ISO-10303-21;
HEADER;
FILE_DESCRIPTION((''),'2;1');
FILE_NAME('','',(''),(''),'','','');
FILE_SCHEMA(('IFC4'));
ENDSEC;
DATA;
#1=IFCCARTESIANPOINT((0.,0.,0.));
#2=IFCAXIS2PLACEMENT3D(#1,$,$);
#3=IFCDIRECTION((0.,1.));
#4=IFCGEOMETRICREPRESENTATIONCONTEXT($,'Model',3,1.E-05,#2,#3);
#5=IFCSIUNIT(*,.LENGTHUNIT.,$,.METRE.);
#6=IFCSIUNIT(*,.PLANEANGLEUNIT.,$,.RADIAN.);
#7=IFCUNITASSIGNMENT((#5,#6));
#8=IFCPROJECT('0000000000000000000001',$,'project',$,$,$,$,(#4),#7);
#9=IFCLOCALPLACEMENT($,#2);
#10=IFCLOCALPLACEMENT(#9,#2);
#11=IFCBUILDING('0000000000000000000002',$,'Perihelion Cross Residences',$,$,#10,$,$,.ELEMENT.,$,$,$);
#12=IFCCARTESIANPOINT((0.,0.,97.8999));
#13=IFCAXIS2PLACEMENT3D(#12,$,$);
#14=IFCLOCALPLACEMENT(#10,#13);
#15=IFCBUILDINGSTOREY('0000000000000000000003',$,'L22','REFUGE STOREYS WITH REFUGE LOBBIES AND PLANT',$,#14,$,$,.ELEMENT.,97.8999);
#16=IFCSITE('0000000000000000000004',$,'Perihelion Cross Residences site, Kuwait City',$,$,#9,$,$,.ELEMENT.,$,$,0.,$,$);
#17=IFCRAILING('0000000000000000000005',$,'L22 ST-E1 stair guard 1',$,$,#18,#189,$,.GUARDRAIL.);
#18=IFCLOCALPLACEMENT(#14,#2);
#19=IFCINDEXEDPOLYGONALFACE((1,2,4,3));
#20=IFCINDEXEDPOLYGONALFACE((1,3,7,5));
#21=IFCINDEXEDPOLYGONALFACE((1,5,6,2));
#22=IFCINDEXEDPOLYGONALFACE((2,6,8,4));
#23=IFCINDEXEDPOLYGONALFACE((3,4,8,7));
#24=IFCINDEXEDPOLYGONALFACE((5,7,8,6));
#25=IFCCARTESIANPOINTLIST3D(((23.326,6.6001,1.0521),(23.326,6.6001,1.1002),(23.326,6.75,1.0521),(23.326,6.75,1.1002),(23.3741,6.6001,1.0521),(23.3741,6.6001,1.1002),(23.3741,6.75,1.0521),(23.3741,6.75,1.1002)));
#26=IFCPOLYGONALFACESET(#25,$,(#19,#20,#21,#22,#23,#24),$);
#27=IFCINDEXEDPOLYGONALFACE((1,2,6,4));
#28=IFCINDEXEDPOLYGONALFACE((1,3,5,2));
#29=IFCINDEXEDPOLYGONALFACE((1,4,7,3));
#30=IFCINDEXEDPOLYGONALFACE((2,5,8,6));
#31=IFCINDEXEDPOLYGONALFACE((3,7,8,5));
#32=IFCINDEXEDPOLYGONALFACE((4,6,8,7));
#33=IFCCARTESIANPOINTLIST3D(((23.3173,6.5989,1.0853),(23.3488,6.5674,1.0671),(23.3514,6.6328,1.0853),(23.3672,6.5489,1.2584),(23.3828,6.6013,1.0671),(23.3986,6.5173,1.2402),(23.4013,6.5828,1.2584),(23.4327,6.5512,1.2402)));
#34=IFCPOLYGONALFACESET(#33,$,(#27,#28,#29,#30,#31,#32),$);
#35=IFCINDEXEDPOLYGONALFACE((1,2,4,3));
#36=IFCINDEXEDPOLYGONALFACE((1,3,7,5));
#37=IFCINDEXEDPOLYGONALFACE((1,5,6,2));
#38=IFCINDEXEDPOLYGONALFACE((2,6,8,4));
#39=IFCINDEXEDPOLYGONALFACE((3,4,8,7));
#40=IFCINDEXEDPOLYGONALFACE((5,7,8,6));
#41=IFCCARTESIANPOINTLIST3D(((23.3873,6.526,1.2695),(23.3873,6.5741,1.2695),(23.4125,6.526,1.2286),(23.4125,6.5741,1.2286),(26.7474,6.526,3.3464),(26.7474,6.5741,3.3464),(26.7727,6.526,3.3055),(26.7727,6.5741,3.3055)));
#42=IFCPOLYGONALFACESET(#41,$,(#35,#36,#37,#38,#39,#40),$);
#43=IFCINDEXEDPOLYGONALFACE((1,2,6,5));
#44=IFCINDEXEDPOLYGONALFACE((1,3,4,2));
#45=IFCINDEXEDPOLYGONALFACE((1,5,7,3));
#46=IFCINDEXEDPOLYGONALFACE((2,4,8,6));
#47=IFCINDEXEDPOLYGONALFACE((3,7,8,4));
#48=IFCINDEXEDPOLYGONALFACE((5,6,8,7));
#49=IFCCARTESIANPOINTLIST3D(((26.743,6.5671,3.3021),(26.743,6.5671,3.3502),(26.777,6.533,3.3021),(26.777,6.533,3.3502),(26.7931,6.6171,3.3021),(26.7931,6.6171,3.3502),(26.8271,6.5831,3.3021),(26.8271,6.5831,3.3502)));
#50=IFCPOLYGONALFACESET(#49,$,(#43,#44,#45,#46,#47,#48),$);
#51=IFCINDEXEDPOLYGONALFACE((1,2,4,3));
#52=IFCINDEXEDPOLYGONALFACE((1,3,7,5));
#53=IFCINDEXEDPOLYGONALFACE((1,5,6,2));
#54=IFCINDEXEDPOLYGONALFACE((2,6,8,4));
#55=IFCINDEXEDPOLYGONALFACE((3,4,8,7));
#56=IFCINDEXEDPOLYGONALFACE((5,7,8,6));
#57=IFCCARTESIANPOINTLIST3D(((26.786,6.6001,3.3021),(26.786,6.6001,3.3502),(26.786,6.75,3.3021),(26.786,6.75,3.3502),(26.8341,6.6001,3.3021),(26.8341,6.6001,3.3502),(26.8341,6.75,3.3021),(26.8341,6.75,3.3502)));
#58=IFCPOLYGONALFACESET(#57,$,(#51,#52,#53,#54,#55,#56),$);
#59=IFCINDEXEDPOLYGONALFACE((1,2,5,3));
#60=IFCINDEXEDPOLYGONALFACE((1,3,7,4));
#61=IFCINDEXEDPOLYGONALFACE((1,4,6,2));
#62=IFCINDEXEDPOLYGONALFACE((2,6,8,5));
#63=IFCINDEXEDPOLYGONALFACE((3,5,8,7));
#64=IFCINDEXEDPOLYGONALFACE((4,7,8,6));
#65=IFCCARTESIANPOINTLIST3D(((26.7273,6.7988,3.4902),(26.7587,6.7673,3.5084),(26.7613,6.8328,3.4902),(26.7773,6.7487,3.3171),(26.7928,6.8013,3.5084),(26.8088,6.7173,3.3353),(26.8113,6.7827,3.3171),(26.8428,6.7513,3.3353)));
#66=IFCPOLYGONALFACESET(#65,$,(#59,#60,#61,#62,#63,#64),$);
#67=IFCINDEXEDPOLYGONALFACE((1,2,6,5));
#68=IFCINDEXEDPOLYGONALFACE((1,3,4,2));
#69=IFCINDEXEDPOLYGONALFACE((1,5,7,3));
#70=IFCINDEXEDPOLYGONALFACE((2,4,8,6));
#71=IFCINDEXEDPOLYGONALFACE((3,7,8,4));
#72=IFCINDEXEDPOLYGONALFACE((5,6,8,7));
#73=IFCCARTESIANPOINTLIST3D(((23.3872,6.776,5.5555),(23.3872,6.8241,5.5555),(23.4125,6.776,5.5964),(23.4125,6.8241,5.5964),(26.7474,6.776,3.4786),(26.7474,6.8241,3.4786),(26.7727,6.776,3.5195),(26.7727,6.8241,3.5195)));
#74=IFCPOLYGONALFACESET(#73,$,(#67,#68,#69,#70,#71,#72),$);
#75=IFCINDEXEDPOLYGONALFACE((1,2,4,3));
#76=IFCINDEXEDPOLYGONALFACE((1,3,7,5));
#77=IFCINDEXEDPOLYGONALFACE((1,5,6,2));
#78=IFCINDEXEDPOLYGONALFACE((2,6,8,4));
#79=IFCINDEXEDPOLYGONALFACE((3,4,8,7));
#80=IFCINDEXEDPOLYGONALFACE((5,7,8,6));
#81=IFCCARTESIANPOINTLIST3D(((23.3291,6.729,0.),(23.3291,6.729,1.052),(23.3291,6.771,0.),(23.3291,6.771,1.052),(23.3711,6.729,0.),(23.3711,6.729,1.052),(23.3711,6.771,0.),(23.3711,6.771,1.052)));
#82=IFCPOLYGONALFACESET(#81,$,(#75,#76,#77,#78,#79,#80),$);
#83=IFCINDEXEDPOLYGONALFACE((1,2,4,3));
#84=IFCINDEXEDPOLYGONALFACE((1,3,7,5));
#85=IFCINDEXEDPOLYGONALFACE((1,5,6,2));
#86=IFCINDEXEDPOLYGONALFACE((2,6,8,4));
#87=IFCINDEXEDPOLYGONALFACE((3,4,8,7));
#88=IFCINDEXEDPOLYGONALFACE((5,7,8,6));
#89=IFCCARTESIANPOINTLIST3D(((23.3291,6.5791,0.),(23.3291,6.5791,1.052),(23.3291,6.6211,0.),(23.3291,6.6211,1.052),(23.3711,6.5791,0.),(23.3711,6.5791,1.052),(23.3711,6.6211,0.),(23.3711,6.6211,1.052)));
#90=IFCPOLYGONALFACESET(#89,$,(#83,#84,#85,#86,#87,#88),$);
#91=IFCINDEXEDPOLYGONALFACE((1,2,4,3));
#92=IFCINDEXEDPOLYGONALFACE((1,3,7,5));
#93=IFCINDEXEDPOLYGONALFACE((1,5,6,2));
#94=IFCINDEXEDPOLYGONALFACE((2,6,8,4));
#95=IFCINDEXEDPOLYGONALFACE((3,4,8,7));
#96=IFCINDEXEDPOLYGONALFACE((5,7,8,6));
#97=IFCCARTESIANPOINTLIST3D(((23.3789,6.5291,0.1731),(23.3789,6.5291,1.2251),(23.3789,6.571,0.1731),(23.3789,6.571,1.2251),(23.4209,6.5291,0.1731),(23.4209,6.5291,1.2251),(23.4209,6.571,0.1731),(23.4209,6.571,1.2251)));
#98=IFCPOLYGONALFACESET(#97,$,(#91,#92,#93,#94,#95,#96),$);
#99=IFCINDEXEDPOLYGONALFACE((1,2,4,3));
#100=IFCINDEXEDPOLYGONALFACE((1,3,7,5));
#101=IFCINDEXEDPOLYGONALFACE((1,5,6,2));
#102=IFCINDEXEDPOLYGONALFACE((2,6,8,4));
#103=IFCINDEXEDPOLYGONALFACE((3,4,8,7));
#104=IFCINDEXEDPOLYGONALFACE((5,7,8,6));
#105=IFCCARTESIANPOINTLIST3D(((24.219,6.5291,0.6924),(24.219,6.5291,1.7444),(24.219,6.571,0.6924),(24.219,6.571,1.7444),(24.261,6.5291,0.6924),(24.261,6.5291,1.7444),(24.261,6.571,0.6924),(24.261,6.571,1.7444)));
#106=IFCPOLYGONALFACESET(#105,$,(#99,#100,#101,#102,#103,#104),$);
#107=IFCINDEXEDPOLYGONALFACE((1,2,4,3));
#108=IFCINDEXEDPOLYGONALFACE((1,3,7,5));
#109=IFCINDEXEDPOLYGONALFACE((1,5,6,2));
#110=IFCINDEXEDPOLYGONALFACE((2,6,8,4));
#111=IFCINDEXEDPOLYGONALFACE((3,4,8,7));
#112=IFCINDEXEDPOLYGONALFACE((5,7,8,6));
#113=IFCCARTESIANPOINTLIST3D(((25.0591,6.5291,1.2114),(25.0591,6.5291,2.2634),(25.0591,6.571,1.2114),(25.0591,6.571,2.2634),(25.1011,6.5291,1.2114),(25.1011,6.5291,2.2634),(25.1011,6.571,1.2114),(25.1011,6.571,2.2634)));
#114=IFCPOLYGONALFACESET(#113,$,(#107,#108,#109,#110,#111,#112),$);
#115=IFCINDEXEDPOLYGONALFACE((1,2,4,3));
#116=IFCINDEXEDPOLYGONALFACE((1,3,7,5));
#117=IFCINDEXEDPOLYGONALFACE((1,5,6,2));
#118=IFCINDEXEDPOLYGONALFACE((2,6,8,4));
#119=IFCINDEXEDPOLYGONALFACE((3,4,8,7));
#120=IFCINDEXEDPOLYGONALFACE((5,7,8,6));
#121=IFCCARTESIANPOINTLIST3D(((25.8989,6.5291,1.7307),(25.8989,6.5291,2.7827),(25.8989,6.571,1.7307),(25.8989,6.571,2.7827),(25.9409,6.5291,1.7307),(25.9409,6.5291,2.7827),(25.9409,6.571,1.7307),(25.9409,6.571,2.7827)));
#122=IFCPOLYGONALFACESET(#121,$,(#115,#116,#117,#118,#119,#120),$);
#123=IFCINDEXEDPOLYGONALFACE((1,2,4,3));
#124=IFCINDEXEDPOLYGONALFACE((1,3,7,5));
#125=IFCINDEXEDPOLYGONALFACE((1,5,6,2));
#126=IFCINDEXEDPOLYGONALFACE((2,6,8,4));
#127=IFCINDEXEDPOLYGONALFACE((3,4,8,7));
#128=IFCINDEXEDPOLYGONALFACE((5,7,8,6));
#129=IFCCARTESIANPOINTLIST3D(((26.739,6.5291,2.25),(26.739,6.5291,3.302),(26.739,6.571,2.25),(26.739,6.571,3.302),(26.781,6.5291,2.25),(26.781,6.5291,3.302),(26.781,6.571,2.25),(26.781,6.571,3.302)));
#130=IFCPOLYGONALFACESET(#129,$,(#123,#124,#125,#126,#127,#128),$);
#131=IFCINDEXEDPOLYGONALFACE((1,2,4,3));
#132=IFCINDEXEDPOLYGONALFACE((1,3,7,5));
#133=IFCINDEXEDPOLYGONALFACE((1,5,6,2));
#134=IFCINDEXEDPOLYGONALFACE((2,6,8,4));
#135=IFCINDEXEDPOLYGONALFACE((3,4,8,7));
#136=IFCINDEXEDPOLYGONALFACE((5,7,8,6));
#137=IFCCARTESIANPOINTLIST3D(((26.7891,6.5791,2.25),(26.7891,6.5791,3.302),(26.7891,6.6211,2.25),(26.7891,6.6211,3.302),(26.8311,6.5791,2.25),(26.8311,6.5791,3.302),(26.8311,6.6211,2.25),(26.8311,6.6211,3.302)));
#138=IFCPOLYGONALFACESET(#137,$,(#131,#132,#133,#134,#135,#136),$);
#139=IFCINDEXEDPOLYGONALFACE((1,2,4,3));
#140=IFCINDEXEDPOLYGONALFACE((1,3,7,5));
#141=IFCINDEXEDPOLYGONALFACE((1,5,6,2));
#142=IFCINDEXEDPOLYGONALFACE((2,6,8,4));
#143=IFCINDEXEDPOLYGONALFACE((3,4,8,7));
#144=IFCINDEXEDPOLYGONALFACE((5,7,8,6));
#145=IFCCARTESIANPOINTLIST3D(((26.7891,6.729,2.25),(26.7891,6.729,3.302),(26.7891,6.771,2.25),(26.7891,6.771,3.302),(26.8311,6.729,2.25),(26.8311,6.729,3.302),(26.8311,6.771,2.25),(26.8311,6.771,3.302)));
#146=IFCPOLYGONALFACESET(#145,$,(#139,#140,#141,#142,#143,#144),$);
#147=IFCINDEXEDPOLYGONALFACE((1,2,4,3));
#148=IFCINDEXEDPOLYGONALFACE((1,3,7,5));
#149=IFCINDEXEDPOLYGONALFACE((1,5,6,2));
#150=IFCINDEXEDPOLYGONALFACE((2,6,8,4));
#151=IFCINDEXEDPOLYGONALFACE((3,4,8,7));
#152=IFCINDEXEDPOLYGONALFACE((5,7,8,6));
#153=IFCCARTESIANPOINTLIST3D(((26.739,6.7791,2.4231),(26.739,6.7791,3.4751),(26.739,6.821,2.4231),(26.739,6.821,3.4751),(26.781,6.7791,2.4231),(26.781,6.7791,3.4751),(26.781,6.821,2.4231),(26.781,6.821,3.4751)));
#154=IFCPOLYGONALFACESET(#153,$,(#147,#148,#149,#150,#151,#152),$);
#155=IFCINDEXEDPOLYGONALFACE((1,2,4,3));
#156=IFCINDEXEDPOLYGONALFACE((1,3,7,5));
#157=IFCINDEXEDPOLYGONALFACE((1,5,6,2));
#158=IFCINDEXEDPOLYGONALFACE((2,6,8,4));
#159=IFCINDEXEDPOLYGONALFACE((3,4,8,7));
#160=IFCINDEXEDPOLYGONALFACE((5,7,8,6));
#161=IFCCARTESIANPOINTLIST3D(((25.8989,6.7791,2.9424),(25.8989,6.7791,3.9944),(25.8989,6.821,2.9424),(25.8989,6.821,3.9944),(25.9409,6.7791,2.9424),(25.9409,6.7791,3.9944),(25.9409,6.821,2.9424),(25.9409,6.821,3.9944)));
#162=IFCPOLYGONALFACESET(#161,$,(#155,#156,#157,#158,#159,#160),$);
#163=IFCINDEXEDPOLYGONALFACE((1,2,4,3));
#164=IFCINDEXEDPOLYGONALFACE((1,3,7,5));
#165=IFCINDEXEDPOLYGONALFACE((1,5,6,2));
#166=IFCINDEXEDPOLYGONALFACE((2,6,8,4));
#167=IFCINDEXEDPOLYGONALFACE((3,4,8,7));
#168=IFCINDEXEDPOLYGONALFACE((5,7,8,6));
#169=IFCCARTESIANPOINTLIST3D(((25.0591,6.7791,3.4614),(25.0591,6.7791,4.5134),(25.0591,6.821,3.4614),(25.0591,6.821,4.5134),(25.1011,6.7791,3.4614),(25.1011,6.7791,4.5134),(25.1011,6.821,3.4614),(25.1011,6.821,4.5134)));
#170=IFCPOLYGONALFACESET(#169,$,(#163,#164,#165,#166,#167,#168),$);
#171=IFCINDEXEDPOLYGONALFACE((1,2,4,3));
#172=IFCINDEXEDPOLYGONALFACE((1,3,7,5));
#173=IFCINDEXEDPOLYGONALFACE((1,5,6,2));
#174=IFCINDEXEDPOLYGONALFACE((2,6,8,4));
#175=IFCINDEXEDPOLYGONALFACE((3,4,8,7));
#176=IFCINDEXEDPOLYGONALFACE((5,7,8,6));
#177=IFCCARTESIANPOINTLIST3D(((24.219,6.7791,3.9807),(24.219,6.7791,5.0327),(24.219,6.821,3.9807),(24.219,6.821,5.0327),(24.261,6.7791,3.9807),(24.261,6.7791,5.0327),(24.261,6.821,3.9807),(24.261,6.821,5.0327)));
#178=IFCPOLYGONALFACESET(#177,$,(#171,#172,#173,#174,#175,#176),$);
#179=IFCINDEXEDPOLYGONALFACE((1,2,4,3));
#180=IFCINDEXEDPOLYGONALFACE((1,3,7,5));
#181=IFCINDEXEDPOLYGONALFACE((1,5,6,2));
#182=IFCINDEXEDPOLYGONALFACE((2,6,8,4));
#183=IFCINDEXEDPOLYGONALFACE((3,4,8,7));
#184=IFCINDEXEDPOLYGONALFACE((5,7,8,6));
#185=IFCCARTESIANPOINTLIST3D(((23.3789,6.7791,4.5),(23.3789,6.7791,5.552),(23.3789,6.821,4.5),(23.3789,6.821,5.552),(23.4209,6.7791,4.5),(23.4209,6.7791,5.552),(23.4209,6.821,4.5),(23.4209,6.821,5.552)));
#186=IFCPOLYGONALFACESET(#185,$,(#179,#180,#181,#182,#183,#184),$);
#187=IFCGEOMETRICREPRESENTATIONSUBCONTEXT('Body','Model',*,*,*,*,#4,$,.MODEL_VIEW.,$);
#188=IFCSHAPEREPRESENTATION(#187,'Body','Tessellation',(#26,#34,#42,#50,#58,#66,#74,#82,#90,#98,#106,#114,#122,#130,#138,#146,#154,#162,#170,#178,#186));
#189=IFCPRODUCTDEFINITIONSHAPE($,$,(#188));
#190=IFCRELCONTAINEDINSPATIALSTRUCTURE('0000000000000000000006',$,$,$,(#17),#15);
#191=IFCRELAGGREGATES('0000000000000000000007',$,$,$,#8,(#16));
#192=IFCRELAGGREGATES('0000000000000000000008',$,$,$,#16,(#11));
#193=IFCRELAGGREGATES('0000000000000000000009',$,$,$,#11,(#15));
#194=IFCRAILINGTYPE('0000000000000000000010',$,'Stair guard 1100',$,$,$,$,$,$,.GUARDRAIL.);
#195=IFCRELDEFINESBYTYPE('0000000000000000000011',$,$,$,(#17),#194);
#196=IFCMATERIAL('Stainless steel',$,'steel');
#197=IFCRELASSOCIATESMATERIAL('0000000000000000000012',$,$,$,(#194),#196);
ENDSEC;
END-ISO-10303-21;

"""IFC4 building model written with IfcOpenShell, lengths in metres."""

from ifc_helpers import new_model, si_unit, direction, frame, origin, origin_2d, place, context, subcontext, project, spatial, rectangle, extrude, material, type_object, element, save


model = new_model("IFC4")

# Units and contexts
model_context = context("Model", 3, precision=1e-05, world=origin(), true_north=direction((0.0, 1.0)))
body_context = subcontext(model_context, "Body", "Model", "MODEL_VIEW")
ifc_project = project(units=[si_unit("LENGTHUNIT", "METRE"), si_unit("PLANEANGLEUNIT", "RADIAN")], contexts=[model_context])

# Site, building, storey
site_placement = place(None, origin())
site = spatial("IfcSite", under=ifc_project, at=site_placement, Name="Perihelion Cross Residences site, Kuwait City", CompositionType="ELEMENT", RefElevation=0.0)
building_placement = place(site_placement, origin())
building = spatial("IfcBuilding", under=site, at=building_placement, Name="Perihelion Cross Residences", CompositionType="ELEMENT")
storey_placement = place(building_placement, frame((0.0, 0.0, 97.8999)))
storey = spatial("IfcBuildingStorey", under=building, at=storey_placement, Name="L22", Description="REFUGE STOREYS WITH REFUGE LOBBIES AND PLANT", CompositionType="ELEMENT", Elevation=97.8999)

# Railing
ifc_material_1 = material(Name="Stainless steel", Category="steel")
railing_type_1 = type_object("IfcRailingType", Name="Stair guard 1100", PredefinedType="GUARDRAIL", material=ifc_material_1)
railing_1_placement = place(storey_placement, frame((23.3501, 6.75, 0.0)))
element("IfcRailing", 1, at=railing_1_placement, inside=storey, type_object=railing_type_1, Name="L22 ST-E1 stair guard 1", PredefinedType="GUARDRAIL", context=body_context, shape_type="SweptSolid", body=[
    extrude(rectangle(XDim=0.0481, YDim=0.0481, at=origin_2d()), frame((0.0, 0.0, 1.0762), z_axis=(0.0, -1.0, 0.0), x_axis=(1.0, 0.0, 0.0)), (0.0, 0.0, 1.0), 0.1499),
    extrude(rectangle(XDim=0.0481, YDim=0.0481, at=origin_2d()), frame((0.0, -0.1499, 1.0762), z_axis=(0.266417, -0.267723, 0.92593), x_axis=(0.708834, 0.705376, 0.0)), (0.0, 0.0, 1.0), 0.187),
    extrude(rectangle(XDim=0.0481, YDim=0.0481, at=origin_2d()), frame((0.0498, -0.2, 1.249), z_axis=(0.850623, 0.0, 0.525776), x_axis=(0.0, 1.0, 0.0)), (0.0, 0.0, 1.0), 3.9502),
    extrude(rectangle(XDim=0.0481, YDim=0.0481, at=origin_2d()), frame((3.4099, -0.2, 3.3262), z_axis=(0.707107, 0.707107, 0.0), x_axis=(-0.707107, 0.707107, 0.0)), (0.0, 0.0, 1.0), 0.0708),
    extrude(rectangle(XDim=0.0481, YDim=0.0481, at=origin_2d()), frame((3.46, -0.1499, 3.3262), z_axis=(0.0, 1.0, 0.0), x_axis=(-1.0, 0.0, 0.0)), (0.0, 0.0, 1.0), 0.1499),
    extrude(rectangle(XDim=0.0481, YDim=0.0481, at=origin_2d()), frame((3.46, 0.0, 3.3262), z_axis=(-0.26763, 0.26763, 0.925607), x_axis=(-0.707107, -0.707107, 0.0)), (0.0, 0.0, 1.0), 0.187),
    extrude(rectangle(XDim=0.0481, YDim=0.0481, at=origin_2d()), frame((3.4099, 0.05, 3.499), z_axis=(-0.850623, 0.0, 0.525776), x_axis=(0.0, -1.0, 0.0)), (0.0, 0.0, 1.0), 3.9502),
    extrude(rectangle(XDim=0.042, YDim=0.042, at=origin_2d()), origin(), (0.0, 0.0, 1.0), 1.052),
    extrude(rectangle(XDim=0.042, YDim=0.042, at=origin_2d()), frame((0.0, -0.1499, 0.0)), (0.0, 0.0, 1.0), 1.052),
    extrude(rectangle(XDim=0.042, YDim=0.042, at=origin_2d()), frame((0.0498, -0.2, 0.1731)), (0.0, 0.0, 1.0), 1.052),
    extrude(rectangle(XDim=0.042, YDim=0.042, at=origin_2d()), frame((0.8899, -0.2, 0.6924)), (0.0, 0.0, 1.0), 1.052),
    extrude(rectangle(XDim=0.042, YDim=0.042, at=origin_2d()), frame((1.73, -0.2, 1.2114)), (0.0, 0.0, 1.0), 1.052),
    extrude(rectangle(XDim=0.042, YDim=0.042, at=origin_2d()), frame((2.5698, -0.2, 1.7307)), (0.0, 0.0, 1.0), 1.052),
    extrude(rectangle(XDim=0.042, YDim=0.042, at=origin_2d()), frame((3.4099, -0.2, 2.25)), (0.0, 0.0, 1.0), 1.052),
    extrude(rectangle(XDim=0.042, YDim=0.042, at=origin_2d()), frame((3.46, -0.1499, 2.25)), (0.0, 0.0, 1.0), 1.052),
    extrude(rectangle(XDim=0.042, YDim=0.042, at=origin_2d()), frame((3.46, 0.0, 2.25)), (0.0, 0.0, 1.0), 1.052),
    extrude(rectangle(XDim=0.042, YDim=0.042, at=origin_2d()), frame((3.4099, 0.05, 2.4231)), (0.0, 0.0, 1.0), 1.052),
    extrude(rectangle(XDim=0.042, YDim=0.042, at=origin_2d()), frame((2.5698, 0.05, 2.9424)), (0.0, 0.0, 1.0), 1.052),
    extrude(rectangle(XDim=0.042, YDim=0.042, at=origin_2d()), frame((1.73, 0.05, 3.4614)), (0.0, 0.0, 1.0), 1.052),
    extrude(rectangle(XDim=0.042, YDim=0.042, at=origin_2d()), frame((0.8899, 0.05, 3.9807)), (0.0, 0.0, 1.0), 1.052),
    extrude(rectangle(XDim=0.042, YDim=0.042, at=origin_2d()), frame((0.0498, 0.05, 4.5)), (0.0, 0.0, 1.0), 1.052),
])

save(model, "model.ifc")
